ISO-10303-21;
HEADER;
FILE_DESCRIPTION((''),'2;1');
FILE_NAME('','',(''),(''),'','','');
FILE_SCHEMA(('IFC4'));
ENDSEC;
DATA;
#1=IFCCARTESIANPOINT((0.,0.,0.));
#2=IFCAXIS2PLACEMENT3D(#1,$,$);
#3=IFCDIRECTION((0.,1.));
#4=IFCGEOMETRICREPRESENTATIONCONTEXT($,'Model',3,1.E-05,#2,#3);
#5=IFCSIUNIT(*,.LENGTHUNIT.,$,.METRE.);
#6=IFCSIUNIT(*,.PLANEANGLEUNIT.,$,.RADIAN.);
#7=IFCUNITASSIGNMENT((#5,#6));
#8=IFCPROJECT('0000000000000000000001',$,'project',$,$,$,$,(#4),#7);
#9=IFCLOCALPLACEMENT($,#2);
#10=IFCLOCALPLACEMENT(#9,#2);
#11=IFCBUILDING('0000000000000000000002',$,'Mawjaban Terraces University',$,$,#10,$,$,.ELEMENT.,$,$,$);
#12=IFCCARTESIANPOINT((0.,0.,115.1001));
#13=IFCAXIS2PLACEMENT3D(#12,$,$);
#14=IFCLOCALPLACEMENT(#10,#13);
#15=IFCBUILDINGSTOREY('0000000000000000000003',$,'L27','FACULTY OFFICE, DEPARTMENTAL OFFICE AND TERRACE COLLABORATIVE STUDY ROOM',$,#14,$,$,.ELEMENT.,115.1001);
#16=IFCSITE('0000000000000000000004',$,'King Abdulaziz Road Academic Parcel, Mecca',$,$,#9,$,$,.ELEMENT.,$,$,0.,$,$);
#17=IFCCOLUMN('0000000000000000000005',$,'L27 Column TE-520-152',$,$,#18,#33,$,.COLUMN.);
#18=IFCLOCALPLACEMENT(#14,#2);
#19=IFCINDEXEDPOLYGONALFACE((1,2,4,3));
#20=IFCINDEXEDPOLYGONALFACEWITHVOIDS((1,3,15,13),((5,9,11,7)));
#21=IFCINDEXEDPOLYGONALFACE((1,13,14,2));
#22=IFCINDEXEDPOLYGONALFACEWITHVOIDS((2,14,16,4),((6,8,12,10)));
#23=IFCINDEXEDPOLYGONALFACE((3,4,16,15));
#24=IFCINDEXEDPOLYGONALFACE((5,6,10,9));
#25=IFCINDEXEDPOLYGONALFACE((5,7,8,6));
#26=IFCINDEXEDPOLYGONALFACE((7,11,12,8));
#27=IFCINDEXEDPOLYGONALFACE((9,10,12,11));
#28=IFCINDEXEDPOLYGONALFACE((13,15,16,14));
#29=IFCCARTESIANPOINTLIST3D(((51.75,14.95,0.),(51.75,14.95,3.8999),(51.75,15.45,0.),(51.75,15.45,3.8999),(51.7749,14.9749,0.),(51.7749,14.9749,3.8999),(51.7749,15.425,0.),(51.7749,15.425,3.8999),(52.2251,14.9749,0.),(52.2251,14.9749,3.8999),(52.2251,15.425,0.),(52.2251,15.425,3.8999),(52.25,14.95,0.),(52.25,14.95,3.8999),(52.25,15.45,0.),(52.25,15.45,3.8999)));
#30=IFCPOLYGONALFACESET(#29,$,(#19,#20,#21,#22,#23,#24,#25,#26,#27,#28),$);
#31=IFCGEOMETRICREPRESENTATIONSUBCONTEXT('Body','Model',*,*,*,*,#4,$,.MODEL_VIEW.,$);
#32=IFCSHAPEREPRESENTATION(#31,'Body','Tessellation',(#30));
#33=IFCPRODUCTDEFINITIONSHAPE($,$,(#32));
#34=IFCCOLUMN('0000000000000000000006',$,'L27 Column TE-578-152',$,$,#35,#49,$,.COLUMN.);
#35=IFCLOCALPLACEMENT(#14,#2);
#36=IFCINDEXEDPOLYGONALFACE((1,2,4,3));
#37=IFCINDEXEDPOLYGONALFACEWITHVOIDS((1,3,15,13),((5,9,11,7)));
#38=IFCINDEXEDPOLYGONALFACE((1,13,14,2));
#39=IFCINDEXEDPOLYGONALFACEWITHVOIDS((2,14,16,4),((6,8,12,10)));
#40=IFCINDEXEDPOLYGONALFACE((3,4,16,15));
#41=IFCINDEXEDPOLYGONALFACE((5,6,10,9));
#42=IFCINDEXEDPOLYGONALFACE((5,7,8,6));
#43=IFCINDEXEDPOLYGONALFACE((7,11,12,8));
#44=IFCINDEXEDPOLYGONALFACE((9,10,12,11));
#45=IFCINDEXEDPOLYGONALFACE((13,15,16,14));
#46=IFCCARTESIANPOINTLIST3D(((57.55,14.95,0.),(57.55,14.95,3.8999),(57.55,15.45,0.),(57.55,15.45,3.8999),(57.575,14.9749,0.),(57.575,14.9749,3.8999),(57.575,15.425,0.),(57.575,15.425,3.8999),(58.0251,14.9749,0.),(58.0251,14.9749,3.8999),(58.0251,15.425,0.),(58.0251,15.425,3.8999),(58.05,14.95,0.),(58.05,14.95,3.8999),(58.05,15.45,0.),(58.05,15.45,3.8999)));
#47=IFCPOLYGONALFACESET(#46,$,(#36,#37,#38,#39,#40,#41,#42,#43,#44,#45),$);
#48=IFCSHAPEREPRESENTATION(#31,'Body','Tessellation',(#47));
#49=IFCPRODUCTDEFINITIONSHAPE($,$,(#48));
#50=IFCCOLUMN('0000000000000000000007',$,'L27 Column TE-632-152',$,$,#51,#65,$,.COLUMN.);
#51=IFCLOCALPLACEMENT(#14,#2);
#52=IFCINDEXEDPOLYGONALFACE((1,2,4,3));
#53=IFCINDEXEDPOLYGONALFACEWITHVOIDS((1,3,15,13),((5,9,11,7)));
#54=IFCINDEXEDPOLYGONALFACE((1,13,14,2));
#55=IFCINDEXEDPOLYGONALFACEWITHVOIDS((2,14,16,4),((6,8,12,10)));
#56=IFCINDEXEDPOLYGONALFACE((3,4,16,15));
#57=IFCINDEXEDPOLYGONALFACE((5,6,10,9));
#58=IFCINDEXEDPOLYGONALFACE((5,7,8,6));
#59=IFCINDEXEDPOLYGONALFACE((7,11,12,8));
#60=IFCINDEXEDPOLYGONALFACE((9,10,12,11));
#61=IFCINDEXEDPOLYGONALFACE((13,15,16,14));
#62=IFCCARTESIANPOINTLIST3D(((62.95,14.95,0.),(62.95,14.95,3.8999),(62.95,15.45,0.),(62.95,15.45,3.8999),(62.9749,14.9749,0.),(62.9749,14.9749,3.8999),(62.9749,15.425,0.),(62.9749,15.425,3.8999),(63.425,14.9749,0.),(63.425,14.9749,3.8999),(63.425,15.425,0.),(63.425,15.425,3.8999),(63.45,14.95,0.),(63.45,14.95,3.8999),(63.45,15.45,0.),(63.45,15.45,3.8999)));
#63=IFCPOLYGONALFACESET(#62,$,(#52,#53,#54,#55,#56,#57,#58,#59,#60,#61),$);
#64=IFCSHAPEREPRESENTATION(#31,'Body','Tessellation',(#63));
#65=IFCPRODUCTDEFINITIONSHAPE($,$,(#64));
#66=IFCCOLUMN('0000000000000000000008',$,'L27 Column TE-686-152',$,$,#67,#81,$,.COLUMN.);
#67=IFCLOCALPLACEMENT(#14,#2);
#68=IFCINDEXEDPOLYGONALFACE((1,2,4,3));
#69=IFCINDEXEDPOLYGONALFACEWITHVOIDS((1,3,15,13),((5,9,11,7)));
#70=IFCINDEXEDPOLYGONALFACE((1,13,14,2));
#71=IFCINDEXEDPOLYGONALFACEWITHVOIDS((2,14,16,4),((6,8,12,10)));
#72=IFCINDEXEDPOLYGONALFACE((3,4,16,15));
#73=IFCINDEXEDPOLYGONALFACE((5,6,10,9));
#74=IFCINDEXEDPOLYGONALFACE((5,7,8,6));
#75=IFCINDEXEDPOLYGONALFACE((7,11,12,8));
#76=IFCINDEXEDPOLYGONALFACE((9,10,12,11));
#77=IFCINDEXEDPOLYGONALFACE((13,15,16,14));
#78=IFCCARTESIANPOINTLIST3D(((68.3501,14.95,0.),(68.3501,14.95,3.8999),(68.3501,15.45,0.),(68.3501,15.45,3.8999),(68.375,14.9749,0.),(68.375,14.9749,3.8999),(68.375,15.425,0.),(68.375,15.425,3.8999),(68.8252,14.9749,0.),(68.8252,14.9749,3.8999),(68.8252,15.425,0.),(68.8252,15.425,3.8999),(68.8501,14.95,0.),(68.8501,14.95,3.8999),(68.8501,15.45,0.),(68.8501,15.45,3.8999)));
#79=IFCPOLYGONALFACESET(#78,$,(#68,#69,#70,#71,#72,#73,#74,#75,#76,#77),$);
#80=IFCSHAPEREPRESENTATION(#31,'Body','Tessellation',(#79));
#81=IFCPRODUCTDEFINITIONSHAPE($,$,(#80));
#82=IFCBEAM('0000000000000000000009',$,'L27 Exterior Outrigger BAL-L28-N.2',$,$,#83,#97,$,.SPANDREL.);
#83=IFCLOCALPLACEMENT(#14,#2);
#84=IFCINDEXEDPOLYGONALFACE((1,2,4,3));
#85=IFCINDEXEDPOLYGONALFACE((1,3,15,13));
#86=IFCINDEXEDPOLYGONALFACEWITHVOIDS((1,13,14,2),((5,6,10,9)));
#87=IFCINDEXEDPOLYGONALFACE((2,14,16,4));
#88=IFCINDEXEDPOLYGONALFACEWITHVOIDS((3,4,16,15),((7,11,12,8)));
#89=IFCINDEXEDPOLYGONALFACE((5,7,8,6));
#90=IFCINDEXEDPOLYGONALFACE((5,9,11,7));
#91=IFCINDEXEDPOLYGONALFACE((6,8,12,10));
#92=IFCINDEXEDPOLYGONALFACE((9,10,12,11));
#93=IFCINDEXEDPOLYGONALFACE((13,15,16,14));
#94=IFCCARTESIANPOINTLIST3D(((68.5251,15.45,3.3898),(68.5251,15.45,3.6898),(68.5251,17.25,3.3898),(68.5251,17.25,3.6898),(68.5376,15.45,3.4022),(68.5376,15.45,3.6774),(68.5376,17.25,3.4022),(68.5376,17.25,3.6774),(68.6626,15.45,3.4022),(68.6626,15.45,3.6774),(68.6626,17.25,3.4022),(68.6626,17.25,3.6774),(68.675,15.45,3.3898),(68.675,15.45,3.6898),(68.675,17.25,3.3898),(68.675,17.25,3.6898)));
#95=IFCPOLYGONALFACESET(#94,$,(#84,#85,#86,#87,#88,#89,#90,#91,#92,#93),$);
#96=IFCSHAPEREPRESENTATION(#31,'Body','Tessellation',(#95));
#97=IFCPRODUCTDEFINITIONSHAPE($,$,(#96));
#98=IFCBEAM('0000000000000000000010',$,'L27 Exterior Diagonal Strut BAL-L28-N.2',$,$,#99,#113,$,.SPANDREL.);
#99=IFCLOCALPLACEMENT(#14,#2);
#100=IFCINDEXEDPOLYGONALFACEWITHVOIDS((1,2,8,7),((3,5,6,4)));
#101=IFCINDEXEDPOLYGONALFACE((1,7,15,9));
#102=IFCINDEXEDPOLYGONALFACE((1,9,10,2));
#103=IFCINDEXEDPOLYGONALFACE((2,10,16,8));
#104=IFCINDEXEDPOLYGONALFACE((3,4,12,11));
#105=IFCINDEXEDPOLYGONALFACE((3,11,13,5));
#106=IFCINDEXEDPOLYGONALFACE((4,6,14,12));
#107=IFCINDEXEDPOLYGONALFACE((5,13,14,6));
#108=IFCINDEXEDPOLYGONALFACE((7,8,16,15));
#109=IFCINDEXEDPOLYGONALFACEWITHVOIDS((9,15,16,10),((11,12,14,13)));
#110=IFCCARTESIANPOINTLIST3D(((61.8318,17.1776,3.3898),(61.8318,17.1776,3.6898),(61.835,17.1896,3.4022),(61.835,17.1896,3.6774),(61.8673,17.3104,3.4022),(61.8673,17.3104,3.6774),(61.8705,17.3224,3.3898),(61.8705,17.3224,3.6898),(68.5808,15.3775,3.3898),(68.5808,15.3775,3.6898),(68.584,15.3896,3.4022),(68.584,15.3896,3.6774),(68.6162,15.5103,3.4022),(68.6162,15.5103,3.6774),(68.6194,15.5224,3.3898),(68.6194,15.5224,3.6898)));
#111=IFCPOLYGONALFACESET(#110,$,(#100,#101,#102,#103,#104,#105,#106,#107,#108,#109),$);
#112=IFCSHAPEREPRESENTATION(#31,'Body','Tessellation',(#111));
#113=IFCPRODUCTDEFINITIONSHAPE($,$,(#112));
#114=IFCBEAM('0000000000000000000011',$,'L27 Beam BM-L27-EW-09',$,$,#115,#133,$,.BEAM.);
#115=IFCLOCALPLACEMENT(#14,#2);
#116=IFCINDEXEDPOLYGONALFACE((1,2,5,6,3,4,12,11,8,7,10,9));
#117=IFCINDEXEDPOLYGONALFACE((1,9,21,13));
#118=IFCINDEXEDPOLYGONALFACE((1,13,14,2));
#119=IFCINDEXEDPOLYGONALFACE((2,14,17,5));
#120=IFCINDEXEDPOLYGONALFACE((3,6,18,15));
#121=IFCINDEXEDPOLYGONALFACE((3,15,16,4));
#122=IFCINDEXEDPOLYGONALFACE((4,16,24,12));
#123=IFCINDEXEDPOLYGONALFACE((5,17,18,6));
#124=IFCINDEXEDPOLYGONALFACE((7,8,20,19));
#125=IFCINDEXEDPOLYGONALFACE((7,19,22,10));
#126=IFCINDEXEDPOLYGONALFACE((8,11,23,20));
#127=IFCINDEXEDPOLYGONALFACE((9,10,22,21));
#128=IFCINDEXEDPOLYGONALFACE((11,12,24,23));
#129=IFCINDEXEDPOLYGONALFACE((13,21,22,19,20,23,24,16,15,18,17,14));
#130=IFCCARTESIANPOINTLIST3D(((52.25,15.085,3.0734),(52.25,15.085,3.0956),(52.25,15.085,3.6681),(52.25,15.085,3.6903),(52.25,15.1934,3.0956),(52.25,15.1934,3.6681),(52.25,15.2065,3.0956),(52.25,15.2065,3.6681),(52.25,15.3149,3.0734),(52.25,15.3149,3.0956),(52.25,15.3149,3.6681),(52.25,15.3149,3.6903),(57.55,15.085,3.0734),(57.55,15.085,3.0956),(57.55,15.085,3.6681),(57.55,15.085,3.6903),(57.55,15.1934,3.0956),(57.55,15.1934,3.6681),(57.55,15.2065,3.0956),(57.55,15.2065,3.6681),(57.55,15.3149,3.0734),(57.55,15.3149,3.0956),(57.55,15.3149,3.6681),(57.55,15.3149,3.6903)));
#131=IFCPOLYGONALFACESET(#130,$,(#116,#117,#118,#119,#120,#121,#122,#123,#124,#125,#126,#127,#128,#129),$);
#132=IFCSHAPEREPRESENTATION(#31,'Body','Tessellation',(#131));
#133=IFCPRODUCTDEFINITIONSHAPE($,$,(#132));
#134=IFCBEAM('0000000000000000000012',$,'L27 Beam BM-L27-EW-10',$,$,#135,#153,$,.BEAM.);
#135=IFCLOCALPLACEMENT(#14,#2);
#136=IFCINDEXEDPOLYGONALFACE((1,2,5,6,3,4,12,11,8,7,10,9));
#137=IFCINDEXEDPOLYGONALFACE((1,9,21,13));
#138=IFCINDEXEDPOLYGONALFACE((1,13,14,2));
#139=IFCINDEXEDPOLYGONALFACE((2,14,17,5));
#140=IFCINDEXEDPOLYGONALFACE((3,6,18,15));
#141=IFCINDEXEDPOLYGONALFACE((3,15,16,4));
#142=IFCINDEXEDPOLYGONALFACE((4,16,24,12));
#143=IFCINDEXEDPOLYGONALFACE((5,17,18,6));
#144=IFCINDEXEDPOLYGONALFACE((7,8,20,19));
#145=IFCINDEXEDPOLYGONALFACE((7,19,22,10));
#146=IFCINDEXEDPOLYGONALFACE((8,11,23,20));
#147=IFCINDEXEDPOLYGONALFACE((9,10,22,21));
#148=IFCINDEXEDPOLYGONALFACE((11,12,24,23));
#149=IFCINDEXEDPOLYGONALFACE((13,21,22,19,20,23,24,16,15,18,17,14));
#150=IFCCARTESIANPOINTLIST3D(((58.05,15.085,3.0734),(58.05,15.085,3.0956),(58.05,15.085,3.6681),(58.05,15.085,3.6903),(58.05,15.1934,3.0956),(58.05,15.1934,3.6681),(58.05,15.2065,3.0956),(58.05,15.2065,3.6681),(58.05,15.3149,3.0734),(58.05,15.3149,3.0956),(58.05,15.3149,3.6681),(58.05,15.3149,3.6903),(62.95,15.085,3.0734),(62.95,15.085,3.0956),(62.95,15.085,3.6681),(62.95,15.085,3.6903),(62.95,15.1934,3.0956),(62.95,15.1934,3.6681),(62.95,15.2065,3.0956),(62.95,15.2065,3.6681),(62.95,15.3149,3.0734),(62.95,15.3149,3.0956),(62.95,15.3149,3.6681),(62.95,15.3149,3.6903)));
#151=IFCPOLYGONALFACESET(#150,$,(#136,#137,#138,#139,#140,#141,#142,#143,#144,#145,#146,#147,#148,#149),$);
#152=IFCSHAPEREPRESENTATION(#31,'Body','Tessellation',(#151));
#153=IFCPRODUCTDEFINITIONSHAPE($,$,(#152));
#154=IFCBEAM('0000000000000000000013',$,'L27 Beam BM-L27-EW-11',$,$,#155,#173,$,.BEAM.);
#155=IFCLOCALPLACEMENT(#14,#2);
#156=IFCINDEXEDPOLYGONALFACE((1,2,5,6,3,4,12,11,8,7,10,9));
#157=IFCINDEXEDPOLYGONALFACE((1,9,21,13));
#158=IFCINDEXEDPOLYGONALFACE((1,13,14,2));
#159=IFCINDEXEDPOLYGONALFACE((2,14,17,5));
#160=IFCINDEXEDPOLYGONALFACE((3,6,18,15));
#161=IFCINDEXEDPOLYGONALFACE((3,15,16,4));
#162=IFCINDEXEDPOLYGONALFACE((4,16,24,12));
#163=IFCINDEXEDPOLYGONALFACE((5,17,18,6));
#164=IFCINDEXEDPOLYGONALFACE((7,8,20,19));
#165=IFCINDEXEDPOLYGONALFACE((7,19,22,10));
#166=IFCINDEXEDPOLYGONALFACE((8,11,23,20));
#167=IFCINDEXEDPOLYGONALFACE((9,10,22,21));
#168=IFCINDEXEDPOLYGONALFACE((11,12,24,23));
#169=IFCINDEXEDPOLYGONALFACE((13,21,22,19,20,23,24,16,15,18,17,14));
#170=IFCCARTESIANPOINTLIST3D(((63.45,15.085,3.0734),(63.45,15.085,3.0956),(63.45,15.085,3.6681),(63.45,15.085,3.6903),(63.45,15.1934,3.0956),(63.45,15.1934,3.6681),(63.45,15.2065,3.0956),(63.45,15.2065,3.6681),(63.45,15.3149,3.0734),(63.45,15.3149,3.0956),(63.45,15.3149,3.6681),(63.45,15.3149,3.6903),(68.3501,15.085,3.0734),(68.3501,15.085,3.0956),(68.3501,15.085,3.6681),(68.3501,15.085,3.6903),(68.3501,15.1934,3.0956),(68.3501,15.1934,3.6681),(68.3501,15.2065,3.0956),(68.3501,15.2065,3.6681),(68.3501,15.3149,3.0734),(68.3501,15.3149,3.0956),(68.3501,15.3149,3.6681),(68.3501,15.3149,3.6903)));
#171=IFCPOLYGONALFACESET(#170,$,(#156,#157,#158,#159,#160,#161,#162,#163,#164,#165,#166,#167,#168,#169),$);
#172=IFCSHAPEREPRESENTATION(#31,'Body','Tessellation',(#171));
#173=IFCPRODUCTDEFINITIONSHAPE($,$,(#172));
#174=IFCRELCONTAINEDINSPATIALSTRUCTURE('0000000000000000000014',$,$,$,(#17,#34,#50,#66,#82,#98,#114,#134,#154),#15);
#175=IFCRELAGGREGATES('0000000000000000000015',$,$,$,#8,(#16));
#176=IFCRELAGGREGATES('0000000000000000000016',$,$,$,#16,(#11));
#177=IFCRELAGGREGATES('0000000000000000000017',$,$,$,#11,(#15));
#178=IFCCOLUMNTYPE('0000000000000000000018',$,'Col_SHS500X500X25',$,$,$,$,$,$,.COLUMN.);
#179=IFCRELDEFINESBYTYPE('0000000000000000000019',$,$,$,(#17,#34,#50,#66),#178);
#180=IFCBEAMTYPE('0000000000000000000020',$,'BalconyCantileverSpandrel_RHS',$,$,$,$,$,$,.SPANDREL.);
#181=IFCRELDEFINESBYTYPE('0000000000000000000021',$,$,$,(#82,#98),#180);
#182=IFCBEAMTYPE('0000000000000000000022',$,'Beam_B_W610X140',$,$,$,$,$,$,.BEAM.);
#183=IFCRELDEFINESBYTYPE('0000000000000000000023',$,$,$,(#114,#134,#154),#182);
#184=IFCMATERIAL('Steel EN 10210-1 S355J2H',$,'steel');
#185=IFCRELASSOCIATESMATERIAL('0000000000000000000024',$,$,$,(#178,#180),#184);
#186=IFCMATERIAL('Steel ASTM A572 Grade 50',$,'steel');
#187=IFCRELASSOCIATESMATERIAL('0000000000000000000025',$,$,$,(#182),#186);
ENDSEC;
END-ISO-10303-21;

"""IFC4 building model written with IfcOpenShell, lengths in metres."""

from ifc_helpers import new_model, si_unit, direction, frame, origin, origin_2d, place, context, subcontext, project, spatial, hollow_rectangle, i_section, extrude, material, material_profile, profile_set, type_object, element, save


model = new_model("IFC4")

# Units and contexts
model_context = context("Model", 3, precision=1e-05, world=origin(), true_north=direction((0.0, 1.0)))
body_context = subcontext(model_context, "Body", "Model", "MODEL_VIEW")
ifc_project = project(units=[si_unit("LENGTHUNIT", "METRE"), si_unit("PLANEANGLEUNIT", "RADIAN")], contexts=[model_context])

# Site, building, storey
site_placement = place(None, origin())
site = spatial("IfcSite", under=ifc_project, at=site_placement, Name="King Abdulaziz Road Academic Parcel, Mecca", CompositionType="ELEMENT", RefElevation=0.0)
building_placement = place(site_placement, origin())
building = spatial("IfcBuilding", under=site, at=building_placement, Name="Mawjaban Terraces University", CompositionType="ELEMENT")
storey_placement = place(building_placement, frame((0.0, 0.0, 115.1001)))
storey = spatial("IfcBuildingStorey", under=building, at=storey_placement, Name="L27", Description="FACULTY OFFICE, DEPARTMENTAL OFFICE AND TERRACE COLLABORATIVE STUDY ROOM", CompositionType="ELEMENT", Elevation=115.1001)

# Columns
ifc_material_1 = material(Name="Steel EN 10210-1 S355J2H", Category="steel")
ifc_material_profile_1 = material_profile(ifc_material_1, hollow_rectangle(XDim=0.5, YDim=0.5, WallThickness=0.0249, at=origin_2d()), Name="SHS500X500X25")
ifc_profile_set_1 = profile_set([ifc_material_profile_1], Name="Steel EN 10210-1 S355J2H")
column_type = type_object("IfcColumnType", Name="Col_SHS500X500X25", PredefinedType="COLUMN", material=ifc_profile_set_1)
for number, where, z_axis, x_axis, name in (
    (1, (52.0, 15.2, 0.0), (0.0, 0.0, 1.0), (1.0, 0.0, 0.0), "L27 Column TE-520-152"),
    (2, (57.8, 15.2, 0.0), (0.0, 0.0, 1.0), (1.0, 0.0, 0.0), "L27 Column TE-578-152"),
    (3, (63.2, 15.2, 0.0), (0.0, 0.0, 1.0), (1.0, 0.0, 0.0), "L27 Column TE-632-152"),
    (4, (68.6001, 15.2, 0.0), (0.0, 0.0, 1.0), (1.0, 0.0, 0.0), "L27 Column TE-686-152"),
):
    element("IfcColumn", number, at=place(storey_placement, frame(where, z_axis=z_axis, x_axis=x_axis)), inside=storey, type_object=column_type, Name=name, PredefinedType="COLUMN", context=body_context, shape_type="SweptSolid", body=[
        extrude(hollow_rectangle(XDim=0.5, YDim=0.5, WallThickness=0.0249, at=origin_2d()), origin(), (0.0, 0.0, 1.0), 3.8999),
    ])

# Beams
ifc_material_profile_2 = material_profile(ifc_material_1, hollow_rectangle(XDim=0.1499, YDim=0.3, WallThickness=0.0125, at=origin_2d()), Name="RHS300X150X12.5")
ifc_profile_set_2 = profile_set([ifc_material_profile_2], Name="Steel EN 10210-1 S355J2H")
beam_type_1 = type_object("IfcBeamType", Name="BalconyCantileverSpandrel_RHS", PredefinedType="SPANDREL", material=ifc_profile_set_2)
beam_1_placement = place(storey_placement, frame((68.6001, 15.45, 3.5398), z_axis=(0.0, 1.0, 0.0), x_axis=(-1.0, 0.0, 0.0)))
element("IfcBeam", 5, at=beam_1_placement, inside=storey, type_object=beam_type_1, Name="L27 Exterior Outrigger BAL-L28-N.2", PredefinedType="SPANDREL", context=body_context, shape_type="SweptSolid", body=[
    extrude(hollow_rectangle(XDim=0.1499, YDim=0.3, WallThickness=0.0125, at=origin_2d()), origin(), (0.0, 0.0, 1.0), 1.8),
])
beam_2_placement = place(storey_placement, frame((68.6001, 15.45, 3.5398), z_axis=(-0.966224, 0.257704, 0.0), x_axis=(-0.257704, -0.966224, 0.0)))
element("IfcBeam", 6, at=beam_2_placement, inside=storey, type_object=beam_type_1, Name="L27 Exterior Diagonal Strut BAL-L28-N.2", PredefinedType="SPANDREL", context=body_context, shape_type="SweptSolid", body=[
    extrude(hollow_rectangle(XDim=0.1499, YDim=0.3, WallThickness=0.0125, at=origin_2d()), origin(), (0.0, 0.0, 1.0), 6.9849),
])
ifc_material_2 = material(Name="Steel ASTM A572 Grade 50", Category="steel")
ifc_material_profile_3 = material_profile(ifc_material_2, i_section(OverallWidth=0.23, OverallDepth=0.6169, WebThickness=0.0132, FlangeThickness=0.0222, at=origin_2d()), Name="W610X140")
ifc_profile_set_3 = profile_set([ifc_material_profile_3], Name="Steel ASTM A572 Grade 50")
beam_type_2 = type_object("IfcBeamType", Name="Beam_B_W610X140", PredefinedType="BEAM", material=ifc_profile_set_3)
beam_3_placement = place(storey_placement, frame((52.25, 15.2, 3.3818), z_axis=(1.0, 0.0, 0.0), x_axis=(0.0, 1.0, 0.0)))
element("IfcBeam", 7, at=beam_3_placement, inside=storey, type_object=beam_type_2, Name="L27 Beam BM-L27-EW-09", PredefinedType="BEAM", context=body_context, shape_type="SweptSolid", body=[
    extrude(i_section(OverallWidth=0.23, OverallDepth=0.6169, WebThickness=0.0132, FlangeThickness=0.0222, at=origin_2d()), origin(), (0.0, 0.0, 1.0), 5.3),
])
beam_4_placement = place(storey_placement, frame((58.05, 15.2, 3.3818), z_axis=(1.0, 0.0, 0.0), x_axis=(0.0, 1.0, 0.0)))
element("IfcBeam", 8, at=beam_4_placement, inside=storey, type_object=beam_type_2, Name="L27 Beam BM-L27-EW-10", PredefinedType="BEAM", context=body_context, shape_type="SweptSolid", body=[
    extrude(i_section(OverallWidth=0.23, OverallDepth=0.6169, WebThickness=0.0132, FlangeThickness=0.0222, at=origin_2d()), origin(), (0.0, 0.0, 1.0), 4.8999),
])
beam_5_placement = place(storey_placement, frame((63.45, 15.2, 3.3818), z_axis=(1.0, 0.0, 0.0), x_axis=(0.0, 1.0, 0.0)))
element("IfcBeam", 9, at=beam_5_placement, inside=storey, type_object=beam_type_2, Name="L27 Beam BM-L27-EW-11", PredefinedType="BEAM", context=body_context, shape_type="SweptSolid", body=[
    extrude(i_section(OverallWidth=0.23, OverallDepth=0.6169, WebThickness=0.0132, FlangeThickness=0.0222, at=origin_2d()), origin(), (0.0, 0.0, 1.0), 4.9001),
])

save(model, "model.ifc")
